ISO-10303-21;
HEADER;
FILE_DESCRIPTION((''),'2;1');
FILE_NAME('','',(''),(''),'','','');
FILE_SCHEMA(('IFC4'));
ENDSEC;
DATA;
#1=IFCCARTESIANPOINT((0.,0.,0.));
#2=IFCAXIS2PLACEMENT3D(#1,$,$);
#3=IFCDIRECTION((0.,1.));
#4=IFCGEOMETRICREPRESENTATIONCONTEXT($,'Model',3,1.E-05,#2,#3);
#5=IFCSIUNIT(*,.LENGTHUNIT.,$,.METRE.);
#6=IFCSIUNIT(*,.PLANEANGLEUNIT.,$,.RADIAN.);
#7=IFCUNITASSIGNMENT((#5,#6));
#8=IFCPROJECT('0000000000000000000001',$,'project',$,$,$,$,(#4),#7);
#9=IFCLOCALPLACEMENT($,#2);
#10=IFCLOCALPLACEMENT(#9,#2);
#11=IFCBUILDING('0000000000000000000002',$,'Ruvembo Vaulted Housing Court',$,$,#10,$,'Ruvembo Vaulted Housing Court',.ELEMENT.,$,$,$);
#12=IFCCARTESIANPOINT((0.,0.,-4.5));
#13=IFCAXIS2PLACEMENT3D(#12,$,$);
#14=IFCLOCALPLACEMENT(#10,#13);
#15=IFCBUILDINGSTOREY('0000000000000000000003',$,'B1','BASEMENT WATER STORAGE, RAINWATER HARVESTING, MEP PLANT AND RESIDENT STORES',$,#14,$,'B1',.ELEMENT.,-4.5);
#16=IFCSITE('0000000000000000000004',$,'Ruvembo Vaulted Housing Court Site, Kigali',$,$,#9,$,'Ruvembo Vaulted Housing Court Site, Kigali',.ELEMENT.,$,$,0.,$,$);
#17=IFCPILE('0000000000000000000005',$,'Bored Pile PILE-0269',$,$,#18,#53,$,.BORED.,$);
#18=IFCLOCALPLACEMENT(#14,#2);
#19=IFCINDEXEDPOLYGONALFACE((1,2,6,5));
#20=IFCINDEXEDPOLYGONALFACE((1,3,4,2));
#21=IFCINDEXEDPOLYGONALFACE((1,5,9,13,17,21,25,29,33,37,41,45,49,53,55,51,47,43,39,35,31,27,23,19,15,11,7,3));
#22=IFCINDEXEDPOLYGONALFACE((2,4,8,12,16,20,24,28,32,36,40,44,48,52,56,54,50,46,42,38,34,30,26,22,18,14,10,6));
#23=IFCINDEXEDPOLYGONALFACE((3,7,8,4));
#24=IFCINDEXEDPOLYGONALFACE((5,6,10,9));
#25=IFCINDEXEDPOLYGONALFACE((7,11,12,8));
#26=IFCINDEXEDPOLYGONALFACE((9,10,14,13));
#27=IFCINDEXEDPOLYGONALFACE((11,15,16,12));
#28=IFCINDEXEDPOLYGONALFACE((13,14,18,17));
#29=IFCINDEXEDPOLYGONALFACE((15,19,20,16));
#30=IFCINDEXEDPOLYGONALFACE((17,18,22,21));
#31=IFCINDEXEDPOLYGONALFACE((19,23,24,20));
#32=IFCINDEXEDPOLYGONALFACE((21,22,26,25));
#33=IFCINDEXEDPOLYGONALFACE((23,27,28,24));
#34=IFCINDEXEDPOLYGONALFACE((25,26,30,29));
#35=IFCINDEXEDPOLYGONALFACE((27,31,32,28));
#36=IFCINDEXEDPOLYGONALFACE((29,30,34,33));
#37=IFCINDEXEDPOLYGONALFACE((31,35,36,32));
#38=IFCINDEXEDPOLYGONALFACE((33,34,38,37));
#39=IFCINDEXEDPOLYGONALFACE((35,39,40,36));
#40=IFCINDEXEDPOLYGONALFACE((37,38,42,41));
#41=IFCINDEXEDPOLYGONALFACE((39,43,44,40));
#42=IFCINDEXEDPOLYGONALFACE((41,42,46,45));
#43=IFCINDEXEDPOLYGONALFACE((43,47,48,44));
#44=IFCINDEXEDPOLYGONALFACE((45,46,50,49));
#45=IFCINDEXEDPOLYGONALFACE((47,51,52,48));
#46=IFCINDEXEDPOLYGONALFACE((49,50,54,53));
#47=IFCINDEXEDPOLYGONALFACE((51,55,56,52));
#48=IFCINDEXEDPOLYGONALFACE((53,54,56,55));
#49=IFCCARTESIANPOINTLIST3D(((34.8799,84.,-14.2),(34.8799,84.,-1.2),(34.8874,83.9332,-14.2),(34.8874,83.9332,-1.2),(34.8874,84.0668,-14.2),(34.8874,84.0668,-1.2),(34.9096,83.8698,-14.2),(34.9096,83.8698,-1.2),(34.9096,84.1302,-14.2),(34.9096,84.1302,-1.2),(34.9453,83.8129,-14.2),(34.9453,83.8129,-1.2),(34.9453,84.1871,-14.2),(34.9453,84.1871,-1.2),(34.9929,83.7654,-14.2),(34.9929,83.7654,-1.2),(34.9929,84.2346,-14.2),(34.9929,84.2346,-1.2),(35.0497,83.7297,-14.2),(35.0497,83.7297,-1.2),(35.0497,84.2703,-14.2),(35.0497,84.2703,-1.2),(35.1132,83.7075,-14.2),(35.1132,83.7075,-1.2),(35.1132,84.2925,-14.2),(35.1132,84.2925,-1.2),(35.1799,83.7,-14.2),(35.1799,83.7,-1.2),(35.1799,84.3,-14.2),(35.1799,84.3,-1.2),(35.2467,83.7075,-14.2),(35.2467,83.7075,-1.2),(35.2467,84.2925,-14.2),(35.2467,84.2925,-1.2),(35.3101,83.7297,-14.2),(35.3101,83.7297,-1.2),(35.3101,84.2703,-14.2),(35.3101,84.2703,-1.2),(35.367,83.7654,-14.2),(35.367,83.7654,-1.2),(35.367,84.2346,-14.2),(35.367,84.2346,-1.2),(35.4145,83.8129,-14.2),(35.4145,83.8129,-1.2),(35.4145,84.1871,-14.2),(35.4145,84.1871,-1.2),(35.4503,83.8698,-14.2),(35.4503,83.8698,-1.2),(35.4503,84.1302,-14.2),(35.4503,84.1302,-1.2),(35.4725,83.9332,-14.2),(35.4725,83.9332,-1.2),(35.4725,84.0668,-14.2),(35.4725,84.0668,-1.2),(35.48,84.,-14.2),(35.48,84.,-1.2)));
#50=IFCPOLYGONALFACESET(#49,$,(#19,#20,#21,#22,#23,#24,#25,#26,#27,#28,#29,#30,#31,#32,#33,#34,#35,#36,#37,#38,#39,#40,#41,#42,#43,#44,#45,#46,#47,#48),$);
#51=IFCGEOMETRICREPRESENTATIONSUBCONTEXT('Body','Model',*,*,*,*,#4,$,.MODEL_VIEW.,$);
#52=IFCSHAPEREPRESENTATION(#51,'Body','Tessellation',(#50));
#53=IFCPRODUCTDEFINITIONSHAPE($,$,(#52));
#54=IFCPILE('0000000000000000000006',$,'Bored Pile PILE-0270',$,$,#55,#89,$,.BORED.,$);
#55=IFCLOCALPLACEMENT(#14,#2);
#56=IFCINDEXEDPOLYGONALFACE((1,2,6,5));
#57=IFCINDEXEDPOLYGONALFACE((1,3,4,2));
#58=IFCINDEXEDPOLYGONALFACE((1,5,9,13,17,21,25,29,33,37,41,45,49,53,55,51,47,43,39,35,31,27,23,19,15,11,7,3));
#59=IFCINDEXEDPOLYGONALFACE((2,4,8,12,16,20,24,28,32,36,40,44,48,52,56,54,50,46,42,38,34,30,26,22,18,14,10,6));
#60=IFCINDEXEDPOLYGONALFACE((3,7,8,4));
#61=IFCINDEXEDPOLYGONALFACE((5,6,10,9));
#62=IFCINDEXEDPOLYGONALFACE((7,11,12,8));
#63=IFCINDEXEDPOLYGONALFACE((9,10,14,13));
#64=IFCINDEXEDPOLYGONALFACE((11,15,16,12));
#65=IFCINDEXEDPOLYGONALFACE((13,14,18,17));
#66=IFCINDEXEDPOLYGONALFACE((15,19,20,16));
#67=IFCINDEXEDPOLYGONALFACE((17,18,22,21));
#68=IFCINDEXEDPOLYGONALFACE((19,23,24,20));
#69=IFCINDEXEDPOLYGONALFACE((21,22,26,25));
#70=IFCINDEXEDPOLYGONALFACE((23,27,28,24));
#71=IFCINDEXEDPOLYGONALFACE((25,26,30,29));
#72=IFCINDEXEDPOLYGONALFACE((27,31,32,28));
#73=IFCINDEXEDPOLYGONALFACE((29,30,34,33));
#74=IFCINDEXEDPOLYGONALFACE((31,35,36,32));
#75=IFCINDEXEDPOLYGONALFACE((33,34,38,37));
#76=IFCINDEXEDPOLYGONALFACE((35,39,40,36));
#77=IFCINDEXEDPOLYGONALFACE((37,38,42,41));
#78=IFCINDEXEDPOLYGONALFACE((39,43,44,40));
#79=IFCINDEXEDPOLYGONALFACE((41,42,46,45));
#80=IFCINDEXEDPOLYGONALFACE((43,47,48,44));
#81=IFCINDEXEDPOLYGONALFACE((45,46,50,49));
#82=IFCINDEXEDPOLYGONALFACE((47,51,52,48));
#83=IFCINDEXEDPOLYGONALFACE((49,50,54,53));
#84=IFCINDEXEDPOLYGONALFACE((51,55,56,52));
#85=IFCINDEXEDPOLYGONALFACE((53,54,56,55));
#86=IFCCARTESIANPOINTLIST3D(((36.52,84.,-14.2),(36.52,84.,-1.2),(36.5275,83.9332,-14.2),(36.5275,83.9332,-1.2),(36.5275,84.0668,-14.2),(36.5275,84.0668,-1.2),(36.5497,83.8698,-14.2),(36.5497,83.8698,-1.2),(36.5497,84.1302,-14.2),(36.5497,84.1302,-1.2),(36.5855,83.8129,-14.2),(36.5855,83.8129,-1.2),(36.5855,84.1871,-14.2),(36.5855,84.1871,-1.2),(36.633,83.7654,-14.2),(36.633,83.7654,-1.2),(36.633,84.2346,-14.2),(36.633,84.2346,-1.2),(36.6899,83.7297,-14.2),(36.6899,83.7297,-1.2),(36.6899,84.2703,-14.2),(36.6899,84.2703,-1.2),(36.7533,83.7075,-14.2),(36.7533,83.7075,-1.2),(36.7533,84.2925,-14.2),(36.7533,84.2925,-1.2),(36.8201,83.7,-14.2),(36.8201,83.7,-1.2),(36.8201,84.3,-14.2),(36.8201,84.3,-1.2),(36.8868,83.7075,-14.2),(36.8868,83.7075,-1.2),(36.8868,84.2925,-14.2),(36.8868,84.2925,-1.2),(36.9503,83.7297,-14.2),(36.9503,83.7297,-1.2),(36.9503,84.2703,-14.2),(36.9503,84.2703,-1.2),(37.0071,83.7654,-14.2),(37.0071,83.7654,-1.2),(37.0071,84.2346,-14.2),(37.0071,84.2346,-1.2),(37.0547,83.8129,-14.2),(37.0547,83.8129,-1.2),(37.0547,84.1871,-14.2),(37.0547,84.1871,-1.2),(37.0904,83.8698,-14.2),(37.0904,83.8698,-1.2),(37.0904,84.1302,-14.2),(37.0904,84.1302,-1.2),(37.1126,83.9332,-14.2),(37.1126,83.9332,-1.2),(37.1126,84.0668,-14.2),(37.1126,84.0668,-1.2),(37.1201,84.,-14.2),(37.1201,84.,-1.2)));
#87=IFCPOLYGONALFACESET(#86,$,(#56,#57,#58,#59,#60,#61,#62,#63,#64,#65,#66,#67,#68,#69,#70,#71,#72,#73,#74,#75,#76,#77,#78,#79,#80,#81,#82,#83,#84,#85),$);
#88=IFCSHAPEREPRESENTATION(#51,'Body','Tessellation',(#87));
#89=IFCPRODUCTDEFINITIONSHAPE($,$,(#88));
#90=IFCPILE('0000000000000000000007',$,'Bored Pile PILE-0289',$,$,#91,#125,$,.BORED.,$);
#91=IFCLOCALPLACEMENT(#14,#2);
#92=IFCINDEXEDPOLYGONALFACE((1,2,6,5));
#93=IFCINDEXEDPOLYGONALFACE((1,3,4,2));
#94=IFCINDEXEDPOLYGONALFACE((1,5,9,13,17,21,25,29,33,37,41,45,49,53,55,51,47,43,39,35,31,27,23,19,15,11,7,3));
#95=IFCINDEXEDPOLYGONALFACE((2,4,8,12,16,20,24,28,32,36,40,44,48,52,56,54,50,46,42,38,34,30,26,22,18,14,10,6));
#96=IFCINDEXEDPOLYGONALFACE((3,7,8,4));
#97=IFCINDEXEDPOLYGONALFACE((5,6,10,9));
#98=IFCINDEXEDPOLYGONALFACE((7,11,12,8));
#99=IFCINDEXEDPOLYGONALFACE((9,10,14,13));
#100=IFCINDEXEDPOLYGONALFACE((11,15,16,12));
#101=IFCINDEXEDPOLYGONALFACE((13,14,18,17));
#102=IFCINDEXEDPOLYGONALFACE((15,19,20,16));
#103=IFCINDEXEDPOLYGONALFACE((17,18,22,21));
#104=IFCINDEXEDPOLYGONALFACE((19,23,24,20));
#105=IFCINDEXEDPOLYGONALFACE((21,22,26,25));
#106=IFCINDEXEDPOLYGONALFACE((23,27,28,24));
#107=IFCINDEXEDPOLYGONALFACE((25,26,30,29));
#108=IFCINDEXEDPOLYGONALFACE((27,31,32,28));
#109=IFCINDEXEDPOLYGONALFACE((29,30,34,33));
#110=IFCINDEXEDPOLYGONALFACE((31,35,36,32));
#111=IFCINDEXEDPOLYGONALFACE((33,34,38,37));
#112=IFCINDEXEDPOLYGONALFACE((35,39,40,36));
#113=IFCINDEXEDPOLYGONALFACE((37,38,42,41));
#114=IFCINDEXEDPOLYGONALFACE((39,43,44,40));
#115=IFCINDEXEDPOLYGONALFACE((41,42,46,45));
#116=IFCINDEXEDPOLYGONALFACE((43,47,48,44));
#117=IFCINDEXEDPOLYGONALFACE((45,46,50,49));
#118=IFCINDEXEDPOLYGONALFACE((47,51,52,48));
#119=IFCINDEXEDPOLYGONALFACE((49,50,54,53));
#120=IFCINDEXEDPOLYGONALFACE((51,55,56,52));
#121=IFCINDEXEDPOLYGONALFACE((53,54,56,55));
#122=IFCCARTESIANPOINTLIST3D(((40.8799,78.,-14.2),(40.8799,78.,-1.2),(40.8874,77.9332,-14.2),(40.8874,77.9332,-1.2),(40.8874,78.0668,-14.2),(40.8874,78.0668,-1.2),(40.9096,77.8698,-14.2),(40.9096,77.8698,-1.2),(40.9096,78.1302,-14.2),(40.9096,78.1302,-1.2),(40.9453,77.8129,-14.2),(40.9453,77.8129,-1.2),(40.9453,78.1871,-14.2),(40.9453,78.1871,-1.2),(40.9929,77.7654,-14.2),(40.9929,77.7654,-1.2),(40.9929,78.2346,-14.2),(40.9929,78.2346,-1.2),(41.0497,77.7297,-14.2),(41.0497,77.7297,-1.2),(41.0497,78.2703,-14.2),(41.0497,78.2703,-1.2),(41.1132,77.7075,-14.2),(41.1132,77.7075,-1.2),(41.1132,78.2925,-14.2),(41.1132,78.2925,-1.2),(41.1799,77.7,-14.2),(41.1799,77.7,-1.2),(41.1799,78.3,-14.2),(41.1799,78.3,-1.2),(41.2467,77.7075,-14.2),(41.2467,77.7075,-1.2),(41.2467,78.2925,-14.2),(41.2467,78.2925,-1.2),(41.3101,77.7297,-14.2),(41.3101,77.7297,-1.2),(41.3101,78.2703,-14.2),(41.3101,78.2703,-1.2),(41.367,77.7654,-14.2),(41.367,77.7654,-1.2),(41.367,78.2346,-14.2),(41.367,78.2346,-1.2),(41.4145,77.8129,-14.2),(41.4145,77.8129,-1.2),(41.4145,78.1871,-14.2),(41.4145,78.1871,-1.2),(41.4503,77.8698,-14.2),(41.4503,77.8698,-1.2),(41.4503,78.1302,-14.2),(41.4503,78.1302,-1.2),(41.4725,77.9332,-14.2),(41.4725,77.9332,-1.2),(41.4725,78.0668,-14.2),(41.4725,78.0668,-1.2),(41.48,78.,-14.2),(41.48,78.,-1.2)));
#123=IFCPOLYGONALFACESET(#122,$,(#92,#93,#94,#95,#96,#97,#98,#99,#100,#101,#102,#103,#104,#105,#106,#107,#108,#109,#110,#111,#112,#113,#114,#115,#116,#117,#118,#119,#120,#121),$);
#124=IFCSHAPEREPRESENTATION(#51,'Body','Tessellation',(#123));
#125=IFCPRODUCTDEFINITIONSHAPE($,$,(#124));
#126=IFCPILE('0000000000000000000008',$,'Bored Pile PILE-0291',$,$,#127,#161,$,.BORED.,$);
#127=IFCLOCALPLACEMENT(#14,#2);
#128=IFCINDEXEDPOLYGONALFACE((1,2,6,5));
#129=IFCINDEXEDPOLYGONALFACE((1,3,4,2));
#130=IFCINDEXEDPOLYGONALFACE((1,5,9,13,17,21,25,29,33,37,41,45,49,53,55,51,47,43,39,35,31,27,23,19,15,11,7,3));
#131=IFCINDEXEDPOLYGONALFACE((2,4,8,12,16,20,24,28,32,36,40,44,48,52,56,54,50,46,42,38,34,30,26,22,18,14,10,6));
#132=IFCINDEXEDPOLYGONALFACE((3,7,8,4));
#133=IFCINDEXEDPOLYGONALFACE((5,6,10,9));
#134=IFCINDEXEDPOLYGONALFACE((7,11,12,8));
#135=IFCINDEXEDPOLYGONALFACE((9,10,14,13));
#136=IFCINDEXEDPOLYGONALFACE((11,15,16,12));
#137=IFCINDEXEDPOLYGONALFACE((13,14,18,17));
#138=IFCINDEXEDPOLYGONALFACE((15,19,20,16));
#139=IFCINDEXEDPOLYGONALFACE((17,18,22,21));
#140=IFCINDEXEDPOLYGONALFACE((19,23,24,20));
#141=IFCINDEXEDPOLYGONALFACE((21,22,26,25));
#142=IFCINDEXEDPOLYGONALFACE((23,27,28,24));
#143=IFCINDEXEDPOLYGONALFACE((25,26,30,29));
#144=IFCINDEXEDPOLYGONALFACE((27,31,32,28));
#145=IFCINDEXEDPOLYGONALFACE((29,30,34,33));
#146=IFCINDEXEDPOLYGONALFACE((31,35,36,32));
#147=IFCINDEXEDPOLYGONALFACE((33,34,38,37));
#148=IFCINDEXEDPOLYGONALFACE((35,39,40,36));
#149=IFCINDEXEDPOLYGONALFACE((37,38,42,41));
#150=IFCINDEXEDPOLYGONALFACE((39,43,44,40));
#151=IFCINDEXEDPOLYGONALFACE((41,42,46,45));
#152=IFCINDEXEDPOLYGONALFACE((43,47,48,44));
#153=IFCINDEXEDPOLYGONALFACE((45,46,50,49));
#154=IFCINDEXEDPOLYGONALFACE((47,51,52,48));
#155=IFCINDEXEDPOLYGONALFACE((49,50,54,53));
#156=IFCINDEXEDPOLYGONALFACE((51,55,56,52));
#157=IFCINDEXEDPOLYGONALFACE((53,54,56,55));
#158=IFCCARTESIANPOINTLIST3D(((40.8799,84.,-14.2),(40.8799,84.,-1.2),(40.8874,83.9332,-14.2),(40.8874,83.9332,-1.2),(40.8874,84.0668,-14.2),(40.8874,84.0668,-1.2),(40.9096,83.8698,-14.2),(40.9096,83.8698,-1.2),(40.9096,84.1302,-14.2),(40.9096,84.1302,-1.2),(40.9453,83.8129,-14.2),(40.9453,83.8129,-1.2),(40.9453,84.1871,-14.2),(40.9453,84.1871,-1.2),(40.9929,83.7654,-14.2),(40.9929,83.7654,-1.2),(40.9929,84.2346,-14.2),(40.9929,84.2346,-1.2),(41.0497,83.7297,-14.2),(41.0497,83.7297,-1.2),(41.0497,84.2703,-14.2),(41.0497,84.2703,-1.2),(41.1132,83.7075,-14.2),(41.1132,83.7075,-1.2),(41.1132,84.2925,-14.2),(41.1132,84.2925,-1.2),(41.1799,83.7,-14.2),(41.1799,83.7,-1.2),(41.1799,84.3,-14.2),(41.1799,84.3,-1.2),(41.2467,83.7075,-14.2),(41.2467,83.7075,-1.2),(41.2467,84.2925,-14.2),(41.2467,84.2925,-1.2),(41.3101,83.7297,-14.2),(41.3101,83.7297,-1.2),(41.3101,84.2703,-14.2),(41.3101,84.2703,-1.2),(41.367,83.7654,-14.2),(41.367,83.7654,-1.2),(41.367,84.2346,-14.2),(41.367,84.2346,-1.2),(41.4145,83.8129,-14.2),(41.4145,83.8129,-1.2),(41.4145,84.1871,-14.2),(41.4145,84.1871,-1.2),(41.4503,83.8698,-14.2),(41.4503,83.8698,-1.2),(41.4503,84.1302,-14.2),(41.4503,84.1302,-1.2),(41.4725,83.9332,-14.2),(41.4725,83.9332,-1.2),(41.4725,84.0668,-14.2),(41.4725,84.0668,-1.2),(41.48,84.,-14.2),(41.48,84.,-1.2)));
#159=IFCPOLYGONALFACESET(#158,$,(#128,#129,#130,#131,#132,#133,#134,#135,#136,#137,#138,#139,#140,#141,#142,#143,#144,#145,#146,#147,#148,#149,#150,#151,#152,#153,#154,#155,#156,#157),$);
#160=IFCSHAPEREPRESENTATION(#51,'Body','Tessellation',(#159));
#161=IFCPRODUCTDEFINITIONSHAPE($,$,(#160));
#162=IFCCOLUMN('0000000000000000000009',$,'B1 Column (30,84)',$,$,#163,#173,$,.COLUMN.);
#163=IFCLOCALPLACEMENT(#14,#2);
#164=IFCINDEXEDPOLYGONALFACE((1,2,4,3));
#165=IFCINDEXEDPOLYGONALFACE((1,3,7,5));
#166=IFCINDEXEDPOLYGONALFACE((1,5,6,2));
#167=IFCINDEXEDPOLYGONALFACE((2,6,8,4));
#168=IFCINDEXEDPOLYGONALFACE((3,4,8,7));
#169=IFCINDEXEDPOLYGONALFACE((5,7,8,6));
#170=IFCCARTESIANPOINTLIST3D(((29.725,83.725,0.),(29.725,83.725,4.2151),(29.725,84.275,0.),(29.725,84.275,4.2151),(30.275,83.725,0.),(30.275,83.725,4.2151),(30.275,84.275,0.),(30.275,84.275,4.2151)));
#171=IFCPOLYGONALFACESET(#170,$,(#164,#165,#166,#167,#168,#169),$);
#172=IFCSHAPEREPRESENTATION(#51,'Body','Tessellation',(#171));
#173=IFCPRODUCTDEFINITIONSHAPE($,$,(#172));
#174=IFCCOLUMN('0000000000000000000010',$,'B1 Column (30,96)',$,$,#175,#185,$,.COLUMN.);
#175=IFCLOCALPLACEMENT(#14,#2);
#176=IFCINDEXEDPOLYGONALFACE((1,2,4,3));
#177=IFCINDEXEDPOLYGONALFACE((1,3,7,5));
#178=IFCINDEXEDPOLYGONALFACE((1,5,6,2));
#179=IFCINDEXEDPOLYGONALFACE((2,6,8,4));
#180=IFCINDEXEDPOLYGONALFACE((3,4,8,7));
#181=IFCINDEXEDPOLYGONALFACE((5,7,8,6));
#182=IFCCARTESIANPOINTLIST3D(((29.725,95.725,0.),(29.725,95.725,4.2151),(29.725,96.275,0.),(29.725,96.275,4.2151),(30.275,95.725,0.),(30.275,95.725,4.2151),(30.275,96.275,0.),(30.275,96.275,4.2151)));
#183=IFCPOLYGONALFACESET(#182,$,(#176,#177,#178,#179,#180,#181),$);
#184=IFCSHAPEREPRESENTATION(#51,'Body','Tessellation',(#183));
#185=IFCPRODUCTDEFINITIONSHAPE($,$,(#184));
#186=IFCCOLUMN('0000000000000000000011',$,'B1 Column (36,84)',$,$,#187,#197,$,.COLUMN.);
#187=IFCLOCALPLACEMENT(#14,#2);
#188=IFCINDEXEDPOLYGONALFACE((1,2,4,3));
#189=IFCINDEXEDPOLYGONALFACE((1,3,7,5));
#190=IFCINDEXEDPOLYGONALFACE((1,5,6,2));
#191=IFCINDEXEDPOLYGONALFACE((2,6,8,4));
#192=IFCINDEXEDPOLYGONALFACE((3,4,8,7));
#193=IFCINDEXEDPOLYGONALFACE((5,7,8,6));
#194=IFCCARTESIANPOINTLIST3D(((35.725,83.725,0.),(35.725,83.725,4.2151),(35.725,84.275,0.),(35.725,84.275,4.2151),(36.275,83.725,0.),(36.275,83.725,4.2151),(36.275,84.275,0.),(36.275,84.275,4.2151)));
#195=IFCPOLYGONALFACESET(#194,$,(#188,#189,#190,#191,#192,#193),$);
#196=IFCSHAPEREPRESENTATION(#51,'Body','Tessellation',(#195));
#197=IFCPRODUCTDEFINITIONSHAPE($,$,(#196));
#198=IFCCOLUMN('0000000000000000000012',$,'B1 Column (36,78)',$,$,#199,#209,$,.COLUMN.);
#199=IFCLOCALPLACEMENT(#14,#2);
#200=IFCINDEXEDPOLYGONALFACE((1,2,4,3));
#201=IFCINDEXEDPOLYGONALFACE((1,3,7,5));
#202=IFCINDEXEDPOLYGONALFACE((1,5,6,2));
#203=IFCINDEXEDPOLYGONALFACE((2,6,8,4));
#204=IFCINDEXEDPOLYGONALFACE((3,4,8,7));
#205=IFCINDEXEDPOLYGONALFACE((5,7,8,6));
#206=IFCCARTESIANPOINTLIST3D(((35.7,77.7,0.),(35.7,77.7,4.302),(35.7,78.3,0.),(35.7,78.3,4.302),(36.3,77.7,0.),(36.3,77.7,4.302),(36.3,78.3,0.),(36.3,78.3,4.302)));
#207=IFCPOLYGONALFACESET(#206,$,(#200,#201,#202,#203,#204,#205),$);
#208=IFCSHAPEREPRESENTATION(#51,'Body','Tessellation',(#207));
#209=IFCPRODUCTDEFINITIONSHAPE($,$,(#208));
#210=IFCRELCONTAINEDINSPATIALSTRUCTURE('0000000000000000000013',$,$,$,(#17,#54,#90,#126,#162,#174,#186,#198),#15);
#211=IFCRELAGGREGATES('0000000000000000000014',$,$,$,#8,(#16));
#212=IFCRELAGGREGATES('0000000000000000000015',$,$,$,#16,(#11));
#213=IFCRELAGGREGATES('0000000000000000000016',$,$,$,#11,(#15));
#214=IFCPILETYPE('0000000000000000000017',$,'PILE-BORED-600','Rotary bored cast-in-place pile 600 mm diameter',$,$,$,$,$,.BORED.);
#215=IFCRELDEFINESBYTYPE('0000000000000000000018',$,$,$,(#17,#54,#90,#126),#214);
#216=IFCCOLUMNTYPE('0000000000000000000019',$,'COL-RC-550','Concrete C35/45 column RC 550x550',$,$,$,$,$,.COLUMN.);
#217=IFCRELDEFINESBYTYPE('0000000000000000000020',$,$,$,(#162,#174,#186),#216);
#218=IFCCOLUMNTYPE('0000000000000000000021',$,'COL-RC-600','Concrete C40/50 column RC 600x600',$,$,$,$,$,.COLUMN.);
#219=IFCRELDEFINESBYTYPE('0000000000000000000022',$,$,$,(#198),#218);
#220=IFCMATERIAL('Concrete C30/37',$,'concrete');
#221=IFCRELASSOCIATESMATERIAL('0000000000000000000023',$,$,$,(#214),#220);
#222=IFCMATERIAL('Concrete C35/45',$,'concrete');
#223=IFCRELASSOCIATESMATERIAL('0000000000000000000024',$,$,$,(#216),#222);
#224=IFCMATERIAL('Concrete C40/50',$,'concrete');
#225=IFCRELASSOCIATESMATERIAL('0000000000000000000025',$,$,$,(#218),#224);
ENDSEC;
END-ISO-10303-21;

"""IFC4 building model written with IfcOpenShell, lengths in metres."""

from ifc_helpers import new_model, si_unit, direction, frame, origin, origin_2d, place, context, subcontext, project, spatial, rectangle, circle, extrude, material, material_profile, profile_set, type_object, element, save


model = new_model("IFC4")

# Units and contexts
model_context = context("Model", 3, precision=1e-05, world=origin(), true_north=direction((0.0, 1.0)))
body_context = subcontext(model_context, "Body", "Model", "MODEL_VIEW")
ifc_project = project(units=[si_unit("LENGTHUNIT", "METRE"), si_unit("PLANEANGLEUNIT", "RADIAN")], contexts=[model_context])

# Site, building, storey
site_placement = place(None, origin())
site = spatial("IfcSite", under=ifc_project, at=site_placement, Name="Ruvembo Vaulted Housing Court Site, Kigali", LongName="Ruvembo Vaulted Housing Court Site, Kigali", CompositionType="ELEMENT", RefElevation=0.0)
building_placement = place(site_placement, origin())
building = spatial("IfcBuilding", under=site, at=building_placement, Name="Ruvembo Vaulted Housing Court", LongName="Ruvembo Vaulted Housing Court", CompositionType="ELEMENT")
storey_placement = place(building_placement, frame((0.0, 0.0, -4.5)))
storey = spatial("IfcBuildingStorey", under=building, at=storey_placement, Name="B1", Description="BASEMENT WATER STORAGE, RAINWATER HARVESTING, MEP PLANT AND RESIDENT STORES", LongName="B1", CompositionType="ELEMENT", Elevation=-4.5)

# Shared definitions
ifc_material_1 = material(Name="Concrete C35/45", Category="concrete")

# Piles
ifc_material_2 = material(Name="Concrete C30/37", Category="concrete")
ifc_material_profile_1 = material_profile(ifc_material_2, circle(Radius=0.3, at=origin_2d()), Name="PILE D600")
ifc_profile_set_1 = profile_set([ifc_material_profile_1], Name="Concrete C30/37")
pile_type = type_object("IfcPileType", Name="PILE-BORED-600", Description="Rotary bored cast-in-place pile 600 mm diameter", PredefinedType="BORED", material=ifc_profile_set_1)
for number, where, z_axis, x_axis, name in (
    (1, (35.1799, 84.0, -1.2), (0.0, 0.0, -1.0), (1.0, 0.0, 0.0), "Bored Pile PILE-0269"),
    (2, (36.8201, 84.0, -1.2), (0.0, 0.0, -1.0), (1.0, 0.0, 0.0), "Bored Pile PILE-0270"),
    (3, (41.1799, 78.0, -1.2), (0.0, 0.0, -1.0), (1.0, 0.0, 0.0), "Bored Pile PILE-0289"),
    (4, (41.1799, 84.0, -1.2), (0.0, 0.0, -1.0), (1.0, 0.0, 0.0), "Bored Pile PILE-0291"),
):
    element("IfcPile", number, at=place(storey_placement, frame(where, z_axis=z_axis, x_axis=x_axis)), inside=storey, type_object=pile_type, Name=name, PredefinedType="BORED", context=body_context, shape_type="SweptSolid", body=[
        extrude(circle(Radius=0.3, at=origin_2d()), origin(), (0.0, 0.0, 1.0), 13.0),
    ])

# Columns
ifc_material_profile_2 = material_profile(ifc_material_1, rectangle(XDim=0.55, YDim=0.55, at=origin_2d()), Name="RC 550x550")
ifc_profile_set_2 = profile_set([ifc_material_profile_2], Name="Concrete C35/45")
column_type_1 = type_object("IfcColumnType", Name="COL-RC-550", Description="Concrete C35/45 column RC 550x550", PredefinedType="COLUMN", material=ifc_profile_set_2)
for number, where, z_axis, x_axis, name in (
    (5, (30.0, 84.0, 0.0), (0.0, 0.0, 1.0), (1.0, 0.0, 0.0), "B1 Column (30,84)"),
    (6, (30.0, 96.0, 0.0), (0.0, 0.0, 1.0), (1.0, 0.0, 0.0), "B1 Column (30,96)"),
    (7, (36.0, 84.0, 0.0), (0.0, 0.0, 1.0), (1.0, 0.0, 0.0), "B1 Column (36,84)"),
):
    element("IfcColumn", number, at=place(storey_placement, frame(where, z_axis=z_axis, x_axis=x_axis)), inside=storey, type_object=column_type_1, Name=name, PredefinedType="COLUMN", context=body_context, shape_type="SweptSolid", body=[
        extrude(rectangle(XDim=0.55, YDim=0.55, at=origin_2d()), origin(), (0.0, 0.0, 1.0), 4.2151),
    ])
ifc_material_3 = material(Name="Concrete C40/50", Category="concrete")
ifc_material_profile_3 = material_profile(ifc_material_3, rectangle(XDim=0.6001, YDim=0.6001, at=origin_2d()), Name="RC 600x600")
ifc_profile_set_3 = profile_set([ifc_material_profile_3], Name="Concrete C40/50")
column_type_2 = type_object("IfcColumnType", Name="COL-RC-600", Description="Concrete C40/50 column RC 600x600", PredefinedType="COLUMN", material=ifc_profile_set_3)
for number, where, z_axis, x_axis, name in (
    (8, (36.0, 78.0, 0.0), (0.0, 0.0, 1.0), (1.0, 0.0, 0.0), "B1 Column (36,78)"),
):
    element("IfcColumn", number, at=place(storey_placement, frame(where, z_axis=z_axis, x_axis=x_axis)), inside=storey, type_object=column_type_2, Name=name, PredefinedType="COLUMN", context=body_context, shape_type="SweptSolid", body=[
        extrude(rectangle(XDim=0.6001, YDim=0.6001, at=origin_2d()), origin(), (0.0, 0.0, 1.0), 4.302),
    ])

save(model, "model.ifc")
